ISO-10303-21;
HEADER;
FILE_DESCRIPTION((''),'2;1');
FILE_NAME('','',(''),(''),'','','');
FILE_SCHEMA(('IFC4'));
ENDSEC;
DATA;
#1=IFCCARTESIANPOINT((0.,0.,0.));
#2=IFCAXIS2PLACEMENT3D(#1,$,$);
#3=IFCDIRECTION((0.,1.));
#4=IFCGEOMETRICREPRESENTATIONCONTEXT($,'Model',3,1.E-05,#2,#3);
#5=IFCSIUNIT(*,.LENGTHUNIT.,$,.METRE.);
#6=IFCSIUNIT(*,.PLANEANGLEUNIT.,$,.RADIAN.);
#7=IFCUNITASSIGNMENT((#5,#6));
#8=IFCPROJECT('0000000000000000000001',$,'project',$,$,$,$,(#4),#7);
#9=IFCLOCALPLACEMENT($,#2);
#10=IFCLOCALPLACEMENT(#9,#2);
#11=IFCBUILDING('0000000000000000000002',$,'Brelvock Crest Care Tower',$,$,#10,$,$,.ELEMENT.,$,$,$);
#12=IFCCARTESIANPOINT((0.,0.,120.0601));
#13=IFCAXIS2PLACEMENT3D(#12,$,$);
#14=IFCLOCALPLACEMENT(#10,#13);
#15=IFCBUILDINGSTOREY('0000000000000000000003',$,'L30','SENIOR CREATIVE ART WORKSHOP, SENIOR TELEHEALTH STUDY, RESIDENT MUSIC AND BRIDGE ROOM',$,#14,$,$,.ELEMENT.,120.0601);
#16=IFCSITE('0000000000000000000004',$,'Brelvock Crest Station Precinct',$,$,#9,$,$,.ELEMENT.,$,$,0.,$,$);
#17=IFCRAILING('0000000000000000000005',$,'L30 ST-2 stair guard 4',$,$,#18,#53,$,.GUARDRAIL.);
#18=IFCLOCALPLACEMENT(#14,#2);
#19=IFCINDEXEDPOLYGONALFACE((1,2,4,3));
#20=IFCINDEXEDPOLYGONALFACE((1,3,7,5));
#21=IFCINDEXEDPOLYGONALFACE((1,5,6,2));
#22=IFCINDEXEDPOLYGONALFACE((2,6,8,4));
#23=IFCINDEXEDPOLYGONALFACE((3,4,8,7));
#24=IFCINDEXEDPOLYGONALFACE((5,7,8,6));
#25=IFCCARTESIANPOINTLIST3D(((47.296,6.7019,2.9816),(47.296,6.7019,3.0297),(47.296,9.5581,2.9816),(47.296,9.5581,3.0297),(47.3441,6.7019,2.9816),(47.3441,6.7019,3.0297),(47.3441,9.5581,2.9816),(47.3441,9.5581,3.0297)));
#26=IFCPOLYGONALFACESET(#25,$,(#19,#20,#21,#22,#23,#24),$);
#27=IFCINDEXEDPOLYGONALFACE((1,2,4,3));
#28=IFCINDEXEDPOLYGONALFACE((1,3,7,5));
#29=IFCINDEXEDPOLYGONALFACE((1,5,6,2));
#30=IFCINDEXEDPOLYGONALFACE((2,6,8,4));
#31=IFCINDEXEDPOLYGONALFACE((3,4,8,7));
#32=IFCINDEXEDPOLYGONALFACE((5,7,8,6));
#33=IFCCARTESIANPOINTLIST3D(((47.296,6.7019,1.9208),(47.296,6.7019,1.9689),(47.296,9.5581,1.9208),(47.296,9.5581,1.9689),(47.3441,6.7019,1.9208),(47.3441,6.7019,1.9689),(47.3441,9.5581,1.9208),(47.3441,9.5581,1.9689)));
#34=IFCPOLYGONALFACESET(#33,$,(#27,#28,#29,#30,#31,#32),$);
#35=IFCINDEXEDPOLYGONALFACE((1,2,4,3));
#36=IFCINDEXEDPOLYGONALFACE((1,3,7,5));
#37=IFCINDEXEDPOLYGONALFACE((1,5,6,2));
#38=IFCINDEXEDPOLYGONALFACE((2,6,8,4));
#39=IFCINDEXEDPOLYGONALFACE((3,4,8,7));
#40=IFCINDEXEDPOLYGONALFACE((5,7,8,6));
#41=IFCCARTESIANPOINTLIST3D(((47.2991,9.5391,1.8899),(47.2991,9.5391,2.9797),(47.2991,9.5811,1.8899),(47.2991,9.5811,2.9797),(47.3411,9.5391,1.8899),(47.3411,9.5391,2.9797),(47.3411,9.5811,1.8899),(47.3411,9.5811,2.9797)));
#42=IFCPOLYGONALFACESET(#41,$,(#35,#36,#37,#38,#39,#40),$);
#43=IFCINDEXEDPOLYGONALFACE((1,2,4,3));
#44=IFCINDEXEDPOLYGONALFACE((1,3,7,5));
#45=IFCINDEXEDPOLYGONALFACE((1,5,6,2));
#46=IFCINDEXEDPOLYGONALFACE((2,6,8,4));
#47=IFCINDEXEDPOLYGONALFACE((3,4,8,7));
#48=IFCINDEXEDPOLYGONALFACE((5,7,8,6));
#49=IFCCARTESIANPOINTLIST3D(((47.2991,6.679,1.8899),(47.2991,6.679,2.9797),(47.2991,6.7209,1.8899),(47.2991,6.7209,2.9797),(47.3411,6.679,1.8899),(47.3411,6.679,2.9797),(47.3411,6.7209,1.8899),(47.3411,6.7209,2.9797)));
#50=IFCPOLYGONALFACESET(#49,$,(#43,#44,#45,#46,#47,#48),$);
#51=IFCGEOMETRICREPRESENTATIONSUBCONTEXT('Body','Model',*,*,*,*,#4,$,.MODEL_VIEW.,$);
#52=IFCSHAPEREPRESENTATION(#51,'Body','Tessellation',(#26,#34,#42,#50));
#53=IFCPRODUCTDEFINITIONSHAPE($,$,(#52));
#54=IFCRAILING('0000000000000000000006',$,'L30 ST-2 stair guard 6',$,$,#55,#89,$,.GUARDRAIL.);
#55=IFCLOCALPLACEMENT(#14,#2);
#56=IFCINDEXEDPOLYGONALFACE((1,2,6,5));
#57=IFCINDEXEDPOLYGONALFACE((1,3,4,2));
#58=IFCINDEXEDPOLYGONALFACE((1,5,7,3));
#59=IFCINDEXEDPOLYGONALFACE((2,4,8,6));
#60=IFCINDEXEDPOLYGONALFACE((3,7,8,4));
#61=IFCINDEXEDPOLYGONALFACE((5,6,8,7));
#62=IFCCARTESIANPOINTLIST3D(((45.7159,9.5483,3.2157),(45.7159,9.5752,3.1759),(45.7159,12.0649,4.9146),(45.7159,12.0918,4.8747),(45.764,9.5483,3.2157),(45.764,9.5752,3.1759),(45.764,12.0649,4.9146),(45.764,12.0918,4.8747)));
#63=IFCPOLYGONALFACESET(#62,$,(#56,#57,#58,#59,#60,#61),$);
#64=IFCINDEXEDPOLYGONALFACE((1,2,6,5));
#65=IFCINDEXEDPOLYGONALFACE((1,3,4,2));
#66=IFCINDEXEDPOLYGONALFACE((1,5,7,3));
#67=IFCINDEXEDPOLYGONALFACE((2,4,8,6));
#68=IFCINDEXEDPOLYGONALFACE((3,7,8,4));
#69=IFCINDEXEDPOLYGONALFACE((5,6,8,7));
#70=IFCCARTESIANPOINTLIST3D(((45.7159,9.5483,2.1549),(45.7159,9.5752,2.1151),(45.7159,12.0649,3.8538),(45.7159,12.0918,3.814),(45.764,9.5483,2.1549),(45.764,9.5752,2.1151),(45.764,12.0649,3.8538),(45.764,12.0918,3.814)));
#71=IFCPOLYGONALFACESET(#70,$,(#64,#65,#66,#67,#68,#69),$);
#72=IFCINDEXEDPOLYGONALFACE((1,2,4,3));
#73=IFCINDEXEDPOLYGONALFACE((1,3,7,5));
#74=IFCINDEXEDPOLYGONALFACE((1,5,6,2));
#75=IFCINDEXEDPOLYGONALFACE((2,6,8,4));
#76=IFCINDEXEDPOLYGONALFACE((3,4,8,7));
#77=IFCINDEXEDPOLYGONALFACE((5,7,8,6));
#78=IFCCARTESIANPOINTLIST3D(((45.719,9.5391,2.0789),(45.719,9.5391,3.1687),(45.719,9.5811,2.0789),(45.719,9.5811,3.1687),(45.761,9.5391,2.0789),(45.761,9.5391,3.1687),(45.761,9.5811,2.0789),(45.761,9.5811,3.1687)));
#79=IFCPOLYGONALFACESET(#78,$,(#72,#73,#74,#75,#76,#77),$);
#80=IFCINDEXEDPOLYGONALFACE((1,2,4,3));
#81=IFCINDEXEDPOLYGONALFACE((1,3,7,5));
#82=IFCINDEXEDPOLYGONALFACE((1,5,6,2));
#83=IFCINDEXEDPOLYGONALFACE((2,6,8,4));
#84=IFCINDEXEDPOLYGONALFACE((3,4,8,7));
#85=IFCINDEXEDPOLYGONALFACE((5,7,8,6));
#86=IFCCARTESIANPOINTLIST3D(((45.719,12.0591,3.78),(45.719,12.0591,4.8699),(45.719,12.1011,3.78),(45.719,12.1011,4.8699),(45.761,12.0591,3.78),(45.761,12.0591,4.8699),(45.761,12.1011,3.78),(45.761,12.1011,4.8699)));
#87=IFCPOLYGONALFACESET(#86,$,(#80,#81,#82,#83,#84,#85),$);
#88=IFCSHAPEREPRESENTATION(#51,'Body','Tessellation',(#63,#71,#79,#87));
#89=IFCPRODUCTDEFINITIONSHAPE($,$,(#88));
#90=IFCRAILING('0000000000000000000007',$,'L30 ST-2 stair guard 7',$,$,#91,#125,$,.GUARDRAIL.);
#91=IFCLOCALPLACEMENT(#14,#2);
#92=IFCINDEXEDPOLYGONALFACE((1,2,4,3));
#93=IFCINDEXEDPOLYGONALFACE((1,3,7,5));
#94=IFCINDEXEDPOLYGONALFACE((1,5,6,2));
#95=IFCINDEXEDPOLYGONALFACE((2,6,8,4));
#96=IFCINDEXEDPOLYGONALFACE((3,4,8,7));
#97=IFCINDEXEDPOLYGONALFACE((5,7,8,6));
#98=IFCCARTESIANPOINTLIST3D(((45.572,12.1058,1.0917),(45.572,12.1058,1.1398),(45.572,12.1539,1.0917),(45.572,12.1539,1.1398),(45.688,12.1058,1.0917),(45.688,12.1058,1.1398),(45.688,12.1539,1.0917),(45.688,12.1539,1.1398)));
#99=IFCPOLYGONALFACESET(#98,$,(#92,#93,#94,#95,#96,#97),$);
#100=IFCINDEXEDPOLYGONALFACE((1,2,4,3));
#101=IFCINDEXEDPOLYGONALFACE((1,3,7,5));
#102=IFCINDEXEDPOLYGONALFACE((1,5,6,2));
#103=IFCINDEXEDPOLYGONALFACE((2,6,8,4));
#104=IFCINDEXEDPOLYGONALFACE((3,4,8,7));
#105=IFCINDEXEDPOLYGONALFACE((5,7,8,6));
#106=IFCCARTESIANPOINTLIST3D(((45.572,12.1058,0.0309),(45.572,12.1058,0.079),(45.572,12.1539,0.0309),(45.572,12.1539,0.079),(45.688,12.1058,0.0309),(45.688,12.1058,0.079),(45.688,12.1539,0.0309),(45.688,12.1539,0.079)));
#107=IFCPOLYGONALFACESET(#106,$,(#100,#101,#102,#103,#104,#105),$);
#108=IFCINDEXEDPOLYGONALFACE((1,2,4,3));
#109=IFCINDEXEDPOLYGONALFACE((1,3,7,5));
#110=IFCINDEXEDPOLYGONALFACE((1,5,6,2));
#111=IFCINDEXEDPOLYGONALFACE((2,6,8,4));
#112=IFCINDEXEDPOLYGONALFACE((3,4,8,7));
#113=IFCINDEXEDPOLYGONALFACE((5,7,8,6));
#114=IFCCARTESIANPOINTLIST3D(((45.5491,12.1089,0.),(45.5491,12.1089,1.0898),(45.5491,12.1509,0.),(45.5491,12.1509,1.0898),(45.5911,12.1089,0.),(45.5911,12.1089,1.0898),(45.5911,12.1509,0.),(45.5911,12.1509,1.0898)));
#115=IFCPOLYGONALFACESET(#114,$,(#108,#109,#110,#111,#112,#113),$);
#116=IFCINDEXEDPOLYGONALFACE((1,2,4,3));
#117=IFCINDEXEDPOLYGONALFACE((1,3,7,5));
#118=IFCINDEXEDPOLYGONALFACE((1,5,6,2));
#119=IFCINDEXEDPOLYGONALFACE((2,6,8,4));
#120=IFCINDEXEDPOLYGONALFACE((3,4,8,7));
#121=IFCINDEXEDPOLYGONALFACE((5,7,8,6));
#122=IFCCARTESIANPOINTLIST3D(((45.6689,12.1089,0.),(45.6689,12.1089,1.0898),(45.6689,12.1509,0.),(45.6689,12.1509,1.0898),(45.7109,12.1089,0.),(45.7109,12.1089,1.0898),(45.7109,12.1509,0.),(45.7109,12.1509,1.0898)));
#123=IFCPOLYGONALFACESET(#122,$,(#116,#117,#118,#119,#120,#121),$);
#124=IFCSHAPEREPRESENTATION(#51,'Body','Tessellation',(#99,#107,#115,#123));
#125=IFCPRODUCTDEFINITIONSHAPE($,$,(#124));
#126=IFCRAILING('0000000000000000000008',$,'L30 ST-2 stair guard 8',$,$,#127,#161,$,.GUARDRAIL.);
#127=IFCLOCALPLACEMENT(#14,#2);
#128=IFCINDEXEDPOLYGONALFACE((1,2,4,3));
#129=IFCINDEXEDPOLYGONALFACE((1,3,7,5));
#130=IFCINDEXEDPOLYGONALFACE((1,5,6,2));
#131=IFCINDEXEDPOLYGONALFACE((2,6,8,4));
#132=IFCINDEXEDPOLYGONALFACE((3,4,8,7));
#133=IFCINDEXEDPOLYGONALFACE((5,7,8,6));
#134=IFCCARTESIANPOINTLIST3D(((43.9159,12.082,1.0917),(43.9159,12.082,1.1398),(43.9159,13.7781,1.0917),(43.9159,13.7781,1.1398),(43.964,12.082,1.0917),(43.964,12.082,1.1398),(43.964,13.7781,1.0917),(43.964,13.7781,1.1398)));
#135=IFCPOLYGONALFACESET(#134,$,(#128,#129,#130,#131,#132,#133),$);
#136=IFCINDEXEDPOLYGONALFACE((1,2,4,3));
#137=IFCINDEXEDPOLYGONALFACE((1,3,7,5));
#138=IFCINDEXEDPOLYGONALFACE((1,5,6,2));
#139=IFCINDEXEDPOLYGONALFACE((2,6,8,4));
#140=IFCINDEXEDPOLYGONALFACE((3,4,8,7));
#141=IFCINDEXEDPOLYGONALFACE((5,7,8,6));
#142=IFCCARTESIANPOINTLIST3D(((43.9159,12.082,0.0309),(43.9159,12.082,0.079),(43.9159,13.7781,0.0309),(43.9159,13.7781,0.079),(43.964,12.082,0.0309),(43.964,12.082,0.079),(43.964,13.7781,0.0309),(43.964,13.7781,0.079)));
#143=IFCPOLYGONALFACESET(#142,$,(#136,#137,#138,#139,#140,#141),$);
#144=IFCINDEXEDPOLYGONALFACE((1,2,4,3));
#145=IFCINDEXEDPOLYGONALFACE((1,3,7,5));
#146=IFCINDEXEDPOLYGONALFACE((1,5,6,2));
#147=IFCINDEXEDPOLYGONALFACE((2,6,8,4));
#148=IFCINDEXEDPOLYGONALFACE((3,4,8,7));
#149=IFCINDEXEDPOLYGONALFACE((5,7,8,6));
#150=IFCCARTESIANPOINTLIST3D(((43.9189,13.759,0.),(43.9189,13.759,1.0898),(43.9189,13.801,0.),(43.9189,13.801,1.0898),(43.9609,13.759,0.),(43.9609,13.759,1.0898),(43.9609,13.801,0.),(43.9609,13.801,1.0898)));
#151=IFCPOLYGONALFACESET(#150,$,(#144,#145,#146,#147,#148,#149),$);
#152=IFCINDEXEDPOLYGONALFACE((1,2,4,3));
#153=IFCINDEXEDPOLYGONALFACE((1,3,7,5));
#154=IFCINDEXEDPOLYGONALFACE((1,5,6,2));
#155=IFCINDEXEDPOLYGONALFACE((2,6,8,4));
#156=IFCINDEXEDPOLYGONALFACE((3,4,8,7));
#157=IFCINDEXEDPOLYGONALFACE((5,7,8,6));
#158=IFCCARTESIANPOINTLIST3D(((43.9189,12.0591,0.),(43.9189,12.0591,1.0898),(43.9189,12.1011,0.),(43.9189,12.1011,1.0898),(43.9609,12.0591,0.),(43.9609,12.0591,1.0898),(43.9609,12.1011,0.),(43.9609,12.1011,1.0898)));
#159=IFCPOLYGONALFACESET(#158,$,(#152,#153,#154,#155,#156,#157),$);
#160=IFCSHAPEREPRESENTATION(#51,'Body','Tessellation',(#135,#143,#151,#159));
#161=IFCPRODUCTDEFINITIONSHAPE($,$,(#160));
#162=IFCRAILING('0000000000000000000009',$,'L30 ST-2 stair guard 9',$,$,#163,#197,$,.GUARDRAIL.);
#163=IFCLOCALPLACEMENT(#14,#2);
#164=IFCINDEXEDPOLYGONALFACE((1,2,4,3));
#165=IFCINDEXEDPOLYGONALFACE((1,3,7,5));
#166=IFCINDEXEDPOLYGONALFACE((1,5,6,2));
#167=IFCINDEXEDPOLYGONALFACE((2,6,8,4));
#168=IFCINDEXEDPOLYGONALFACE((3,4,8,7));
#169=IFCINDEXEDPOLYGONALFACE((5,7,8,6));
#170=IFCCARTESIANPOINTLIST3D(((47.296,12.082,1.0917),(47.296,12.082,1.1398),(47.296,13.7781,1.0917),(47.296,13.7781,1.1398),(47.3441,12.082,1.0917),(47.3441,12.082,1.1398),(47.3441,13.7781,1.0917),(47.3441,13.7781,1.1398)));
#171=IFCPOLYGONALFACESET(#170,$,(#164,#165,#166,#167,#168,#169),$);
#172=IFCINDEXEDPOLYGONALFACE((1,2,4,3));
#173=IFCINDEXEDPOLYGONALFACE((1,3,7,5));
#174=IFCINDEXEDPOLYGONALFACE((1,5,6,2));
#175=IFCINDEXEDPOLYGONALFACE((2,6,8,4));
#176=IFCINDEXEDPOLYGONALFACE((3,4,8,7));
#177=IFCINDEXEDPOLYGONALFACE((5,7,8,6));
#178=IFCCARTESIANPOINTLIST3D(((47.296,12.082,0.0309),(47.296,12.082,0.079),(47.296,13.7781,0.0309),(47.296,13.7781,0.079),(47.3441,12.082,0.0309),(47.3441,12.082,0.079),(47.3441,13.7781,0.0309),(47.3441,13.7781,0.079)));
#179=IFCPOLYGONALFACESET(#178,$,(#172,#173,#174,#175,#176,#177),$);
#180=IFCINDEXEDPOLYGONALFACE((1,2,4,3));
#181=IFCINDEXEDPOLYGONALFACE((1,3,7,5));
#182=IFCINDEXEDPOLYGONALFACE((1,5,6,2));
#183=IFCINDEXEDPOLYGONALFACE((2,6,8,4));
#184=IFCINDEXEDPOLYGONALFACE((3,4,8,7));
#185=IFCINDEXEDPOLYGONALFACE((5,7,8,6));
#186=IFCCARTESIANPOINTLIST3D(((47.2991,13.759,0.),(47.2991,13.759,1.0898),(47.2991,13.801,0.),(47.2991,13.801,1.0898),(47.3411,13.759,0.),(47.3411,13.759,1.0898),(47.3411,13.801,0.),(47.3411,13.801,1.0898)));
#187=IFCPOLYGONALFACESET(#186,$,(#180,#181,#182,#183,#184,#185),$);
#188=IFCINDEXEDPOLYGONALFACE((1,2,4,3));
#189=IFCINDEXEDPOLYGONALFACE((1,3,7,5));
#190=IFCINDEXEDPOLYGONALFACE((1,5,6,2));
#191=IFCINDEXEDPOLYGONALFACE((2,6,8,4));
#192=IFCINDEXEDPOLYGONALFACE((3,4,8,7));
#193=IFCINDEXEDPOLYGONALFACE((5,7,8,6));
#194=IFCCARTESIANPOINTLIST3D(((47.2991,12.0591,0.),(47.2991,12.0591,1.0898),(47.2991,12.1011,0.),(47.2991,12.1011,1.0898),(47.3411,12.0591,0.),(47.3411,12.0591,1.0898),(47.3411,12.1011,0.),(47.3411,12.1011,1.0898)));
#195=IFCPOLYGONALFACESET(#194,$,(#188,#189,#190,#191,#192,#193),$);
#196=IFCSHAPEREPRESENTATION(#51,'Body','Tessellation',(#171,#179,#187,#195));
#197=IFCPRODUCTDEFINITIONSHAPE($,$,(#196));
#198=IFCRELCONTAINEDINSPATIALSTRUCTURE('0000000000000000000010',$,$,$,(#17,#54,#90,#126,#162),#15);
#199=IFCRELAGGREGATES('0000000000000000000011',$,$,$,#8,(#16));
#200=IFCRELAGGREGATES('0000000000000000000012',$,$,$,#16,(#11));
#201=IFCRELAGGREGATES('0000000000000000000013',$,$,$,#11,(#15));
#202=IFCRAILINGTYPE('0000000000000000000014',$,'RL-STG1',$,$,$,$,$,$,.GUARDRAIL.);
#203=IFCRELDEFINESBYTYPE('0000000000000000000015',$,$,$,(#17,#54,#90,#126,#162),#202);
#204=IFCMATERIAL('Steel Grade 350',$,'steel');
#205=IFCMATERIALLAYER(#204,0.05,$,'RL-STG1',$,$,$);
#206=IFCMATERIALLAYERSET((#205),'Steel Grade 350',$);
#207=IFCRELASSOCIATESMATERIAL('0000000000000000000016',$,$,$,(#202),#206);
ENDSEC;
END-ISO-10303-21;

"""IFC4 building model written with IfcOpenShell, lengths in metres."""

from ifc_helpers import new_model, si_unit, direction, frame, origin, origin_2d, place, context, subcontext, project, spatial, rectangle, extrude, material, layer, layer_set, type_object, element, save


model = new_model("IFC4")

# Units and contexts
model_context = context("Model", 3, precision=1e-05, world=origin(), true_north=direction((0.0, 1.0)))
body_context = subcontext(model_context, "Body", "Model", "MODEL_VIEW")
ifc_project = project(units=[si_unit("LENGTHUNIT", "METRE"), si_unit("PLANEANGLEUNIT", "RADIAN")], contexts=[model_context])

# Site, building, storey
site_placement = place(None, origin())
site = spatial("IfcSite", under=ifc_project, at=site_placement, Name="Brelvock Crest Station Precinct", CompositionType="ELEMENT", RefElevation=0.0)
building_placement = place(site_placement, origin())
building = spatial("IfcBuilding", under=site, at=building_placement, Name="Brelvock Crest Care Tower", CompositionType="ELEMENT")
storey_placement = place(building_placement, frame((0.0, 0.0, 120.0601)))
storey = spatial("IfcBuildingStorey", under=building, at=storey_placement, Name="L30", Description="SENIOR CREATIVE ART WORKSHOP, SENIOR TELEHEALTH STUDY, RESIDENT MUSIC AND BRIDGE ROOM", CompositionType="ELEMENT", Elevation=120.0601)

# Shared definitions
ifc_material_1 = material(Name="Steel Grade 350", Category="steel")

# Railings
ifc_layer_1 = layer(ifc_material_1, 0.05, Name="RL-STG1")
ifc_layer_set_1 = layer_set([ifc_layer_1], Name="Steel Grade 350")
railing_type_1 = type_object("IfcRailingType", Name="RL-STG1", PredefinedType="GUARDRAIL", material=ifc_layer_set_1)
for number, where, name in (
    (1, (47.3201, 9.5601, 1.8899), "L30 ST-2 stair guard 4"),
):
    element("IfcRailing", number, at=place(storey_placement, frame(where)), inside=storey, type_object=railing_type_1, Name=name, PredefinedType="GUARDRAIL", context=body_context, shape_type="SweptSolid", body=[
        extrude(rectangle(XDim=0.0481, YDim=0.0481, at=origin_2d()), frame((0.0, -0.002, 1.1157), z_axis=(0.0, -1.0, 0.0), x_axis=(1.0, 0.0, 0.0)), (0.0, 0.0, 1.0), 2.8562),
        extrude(rectangle(XDim=0.0481, YDim=0.0481, at=origin_2d()), frame((0.0, -0.002, 0.0549), z_axis=(0.0, -1.0, 0.0), x_axis=(1.0, 0.0, 0.0)), (0.0, 0.0, 1.0), 2.8562),
        extrude(rectangle(XDim=0.042, YDim=0.042, at=origin_2d()), origin(), (0.0, 0.0, 1.0), 1.0898),
        extrude(rectangle(XDim=0.042, YDim=0.042, at=origin_2d()), frame((0.0, -2.8601, 0.0)), (0.0, 0.0, 1.0), 1.0898),
    ])
railing_1_placement = place(storey_placement, frame((45.74, 9.5601, 2.0789)))
element("IfcRailing", 2, at=railing_1_placement, inside=storey, type_object=railing_type_1, Name="L30 ST-2 stair guard 6", PredefinedType="GUARDRAIL", context=body_context, shape_type="SweptSolid", body=[
    extrude(rectangle(XDim=0.0481, YDim=0.0481, at=origin_2d()), frame((0.0, 0.0017, 1.1169), z_axis=(0.0, 0.828824, 0.559509), x_axis=(-1.0, 0.0, 0.0)), (0.0, 0.0, 1.0), 3.0364),
    extrude(rectangle(XDim=0.0481, YDim=0.0481, at=origin_2d()), frame((0.0, 0.0017, 0.0562), z_axis=(0.0, 0.828824, 0.559509), x_axis=(-1.0, 0.0, 0.0)), (0.0, 0.0, 1.0), 3.0364),
    extrude(rectangle(XDim=0.042, YDim=0.042, at=origin_2d()), origin(), (0.0, 0.0, 1.0), 1.0898),
    extrude(rectangle(XDim=0.042, YDim=0.042, at=origin_2d()), frame((0.0, 2.52, 1.7012)), (0.0, 0.0, 1.0), 1.0898),
])
railing_2_placement = place(storey_placement, frame((45.5701, 12.1299, 0.0)))
element("IfcRailing", 3, at=railing_2_placement, inside=storey, type_object=railing_type_1, Name="L30 ST-2 stair guard 7", PredefinedType="GUARDRAIL", context=body_context, shape_type="SweptSolid", body=[
    extrude(rectangle(XDim=0.0481, YDim=0.0481, at=origin_2d()), frame((0.002, 0.0, 1.1157), z_axis=(1.0, 0.0, 0.0), x_axis=(0.0, 1.0, 0.0)), (0.0, 0.0, 1.0), 0.116),
    extrude(rectangle(XDim=0.0481, YDim=0.0481, at=origin_2d()), frame((0.002, 0.0, 0.0549), z_axis=(1.0, 0.0, 0.0), x_axis=(0.0, 1.0, 0.0)), (0.0, 0.0, 1.0), 0.116),
    extrude(rectangle(XDim=0.042, YDim=0.042, at=origin_2d()), origin(), (0.0, 0.0, 1.0), 1.0898),
    extrude(rectangle(XDim=0.042, YDim=0.042, at=origin_2d()), frame((0.1199, 0.0, 0.0)), (0.0, 0.0, 1.0), 1.0898),
])
for number, where, name in (
    (4, (43.9399, 13.78, 0.0), "L30 ST-2 stair guard 8"),
    (5, (47.3201, 13.78, 0.0), "L30 ST-2 stair guard 9"),
):
    element("IfcRailing", number, at=place(storey_placement, frame(where)), inside=storey, type_object=railing_type_1, Name=name, PredefinedType="GUARDRAIL", context=body_context, shape_type="SweptSolid", body=[
        extrude(rectangle(XDim=0.0481, YDim=0.0481, at=origin_2d()), frame((0.0, -0.002, 1.1157), z_axis=(0.0, -1.0, 0.0), x_axis=(1.0, 0.0, 0.0)), (0.0, 0.0, 1.0), 1.696),
        extrude(rectangle(XDim=0.0481, YDim=0.0481, at=origin_2d()), frame((0.0, -0.002, 0.0549), z_axis=(0.0, -1.0, 0.0), x_axis=(1.0, 0.0, 0.0)), (0.0, 0.0, 1.0), 1.696),
        extrude(rectangle(XDim=0.042, YDim=0.042, at=origin_2d()), origin(), (0.0, 0.0, 1.0), 1.0898),
        extrude(rectangle(XDim=0.042, YDim=0.042, at=origin_2d()), frame((0.0, -1.7, 0.0)), (0.0, 0.0, 1.0), 1.0898),
    ])

save(model, "model.ifc")
